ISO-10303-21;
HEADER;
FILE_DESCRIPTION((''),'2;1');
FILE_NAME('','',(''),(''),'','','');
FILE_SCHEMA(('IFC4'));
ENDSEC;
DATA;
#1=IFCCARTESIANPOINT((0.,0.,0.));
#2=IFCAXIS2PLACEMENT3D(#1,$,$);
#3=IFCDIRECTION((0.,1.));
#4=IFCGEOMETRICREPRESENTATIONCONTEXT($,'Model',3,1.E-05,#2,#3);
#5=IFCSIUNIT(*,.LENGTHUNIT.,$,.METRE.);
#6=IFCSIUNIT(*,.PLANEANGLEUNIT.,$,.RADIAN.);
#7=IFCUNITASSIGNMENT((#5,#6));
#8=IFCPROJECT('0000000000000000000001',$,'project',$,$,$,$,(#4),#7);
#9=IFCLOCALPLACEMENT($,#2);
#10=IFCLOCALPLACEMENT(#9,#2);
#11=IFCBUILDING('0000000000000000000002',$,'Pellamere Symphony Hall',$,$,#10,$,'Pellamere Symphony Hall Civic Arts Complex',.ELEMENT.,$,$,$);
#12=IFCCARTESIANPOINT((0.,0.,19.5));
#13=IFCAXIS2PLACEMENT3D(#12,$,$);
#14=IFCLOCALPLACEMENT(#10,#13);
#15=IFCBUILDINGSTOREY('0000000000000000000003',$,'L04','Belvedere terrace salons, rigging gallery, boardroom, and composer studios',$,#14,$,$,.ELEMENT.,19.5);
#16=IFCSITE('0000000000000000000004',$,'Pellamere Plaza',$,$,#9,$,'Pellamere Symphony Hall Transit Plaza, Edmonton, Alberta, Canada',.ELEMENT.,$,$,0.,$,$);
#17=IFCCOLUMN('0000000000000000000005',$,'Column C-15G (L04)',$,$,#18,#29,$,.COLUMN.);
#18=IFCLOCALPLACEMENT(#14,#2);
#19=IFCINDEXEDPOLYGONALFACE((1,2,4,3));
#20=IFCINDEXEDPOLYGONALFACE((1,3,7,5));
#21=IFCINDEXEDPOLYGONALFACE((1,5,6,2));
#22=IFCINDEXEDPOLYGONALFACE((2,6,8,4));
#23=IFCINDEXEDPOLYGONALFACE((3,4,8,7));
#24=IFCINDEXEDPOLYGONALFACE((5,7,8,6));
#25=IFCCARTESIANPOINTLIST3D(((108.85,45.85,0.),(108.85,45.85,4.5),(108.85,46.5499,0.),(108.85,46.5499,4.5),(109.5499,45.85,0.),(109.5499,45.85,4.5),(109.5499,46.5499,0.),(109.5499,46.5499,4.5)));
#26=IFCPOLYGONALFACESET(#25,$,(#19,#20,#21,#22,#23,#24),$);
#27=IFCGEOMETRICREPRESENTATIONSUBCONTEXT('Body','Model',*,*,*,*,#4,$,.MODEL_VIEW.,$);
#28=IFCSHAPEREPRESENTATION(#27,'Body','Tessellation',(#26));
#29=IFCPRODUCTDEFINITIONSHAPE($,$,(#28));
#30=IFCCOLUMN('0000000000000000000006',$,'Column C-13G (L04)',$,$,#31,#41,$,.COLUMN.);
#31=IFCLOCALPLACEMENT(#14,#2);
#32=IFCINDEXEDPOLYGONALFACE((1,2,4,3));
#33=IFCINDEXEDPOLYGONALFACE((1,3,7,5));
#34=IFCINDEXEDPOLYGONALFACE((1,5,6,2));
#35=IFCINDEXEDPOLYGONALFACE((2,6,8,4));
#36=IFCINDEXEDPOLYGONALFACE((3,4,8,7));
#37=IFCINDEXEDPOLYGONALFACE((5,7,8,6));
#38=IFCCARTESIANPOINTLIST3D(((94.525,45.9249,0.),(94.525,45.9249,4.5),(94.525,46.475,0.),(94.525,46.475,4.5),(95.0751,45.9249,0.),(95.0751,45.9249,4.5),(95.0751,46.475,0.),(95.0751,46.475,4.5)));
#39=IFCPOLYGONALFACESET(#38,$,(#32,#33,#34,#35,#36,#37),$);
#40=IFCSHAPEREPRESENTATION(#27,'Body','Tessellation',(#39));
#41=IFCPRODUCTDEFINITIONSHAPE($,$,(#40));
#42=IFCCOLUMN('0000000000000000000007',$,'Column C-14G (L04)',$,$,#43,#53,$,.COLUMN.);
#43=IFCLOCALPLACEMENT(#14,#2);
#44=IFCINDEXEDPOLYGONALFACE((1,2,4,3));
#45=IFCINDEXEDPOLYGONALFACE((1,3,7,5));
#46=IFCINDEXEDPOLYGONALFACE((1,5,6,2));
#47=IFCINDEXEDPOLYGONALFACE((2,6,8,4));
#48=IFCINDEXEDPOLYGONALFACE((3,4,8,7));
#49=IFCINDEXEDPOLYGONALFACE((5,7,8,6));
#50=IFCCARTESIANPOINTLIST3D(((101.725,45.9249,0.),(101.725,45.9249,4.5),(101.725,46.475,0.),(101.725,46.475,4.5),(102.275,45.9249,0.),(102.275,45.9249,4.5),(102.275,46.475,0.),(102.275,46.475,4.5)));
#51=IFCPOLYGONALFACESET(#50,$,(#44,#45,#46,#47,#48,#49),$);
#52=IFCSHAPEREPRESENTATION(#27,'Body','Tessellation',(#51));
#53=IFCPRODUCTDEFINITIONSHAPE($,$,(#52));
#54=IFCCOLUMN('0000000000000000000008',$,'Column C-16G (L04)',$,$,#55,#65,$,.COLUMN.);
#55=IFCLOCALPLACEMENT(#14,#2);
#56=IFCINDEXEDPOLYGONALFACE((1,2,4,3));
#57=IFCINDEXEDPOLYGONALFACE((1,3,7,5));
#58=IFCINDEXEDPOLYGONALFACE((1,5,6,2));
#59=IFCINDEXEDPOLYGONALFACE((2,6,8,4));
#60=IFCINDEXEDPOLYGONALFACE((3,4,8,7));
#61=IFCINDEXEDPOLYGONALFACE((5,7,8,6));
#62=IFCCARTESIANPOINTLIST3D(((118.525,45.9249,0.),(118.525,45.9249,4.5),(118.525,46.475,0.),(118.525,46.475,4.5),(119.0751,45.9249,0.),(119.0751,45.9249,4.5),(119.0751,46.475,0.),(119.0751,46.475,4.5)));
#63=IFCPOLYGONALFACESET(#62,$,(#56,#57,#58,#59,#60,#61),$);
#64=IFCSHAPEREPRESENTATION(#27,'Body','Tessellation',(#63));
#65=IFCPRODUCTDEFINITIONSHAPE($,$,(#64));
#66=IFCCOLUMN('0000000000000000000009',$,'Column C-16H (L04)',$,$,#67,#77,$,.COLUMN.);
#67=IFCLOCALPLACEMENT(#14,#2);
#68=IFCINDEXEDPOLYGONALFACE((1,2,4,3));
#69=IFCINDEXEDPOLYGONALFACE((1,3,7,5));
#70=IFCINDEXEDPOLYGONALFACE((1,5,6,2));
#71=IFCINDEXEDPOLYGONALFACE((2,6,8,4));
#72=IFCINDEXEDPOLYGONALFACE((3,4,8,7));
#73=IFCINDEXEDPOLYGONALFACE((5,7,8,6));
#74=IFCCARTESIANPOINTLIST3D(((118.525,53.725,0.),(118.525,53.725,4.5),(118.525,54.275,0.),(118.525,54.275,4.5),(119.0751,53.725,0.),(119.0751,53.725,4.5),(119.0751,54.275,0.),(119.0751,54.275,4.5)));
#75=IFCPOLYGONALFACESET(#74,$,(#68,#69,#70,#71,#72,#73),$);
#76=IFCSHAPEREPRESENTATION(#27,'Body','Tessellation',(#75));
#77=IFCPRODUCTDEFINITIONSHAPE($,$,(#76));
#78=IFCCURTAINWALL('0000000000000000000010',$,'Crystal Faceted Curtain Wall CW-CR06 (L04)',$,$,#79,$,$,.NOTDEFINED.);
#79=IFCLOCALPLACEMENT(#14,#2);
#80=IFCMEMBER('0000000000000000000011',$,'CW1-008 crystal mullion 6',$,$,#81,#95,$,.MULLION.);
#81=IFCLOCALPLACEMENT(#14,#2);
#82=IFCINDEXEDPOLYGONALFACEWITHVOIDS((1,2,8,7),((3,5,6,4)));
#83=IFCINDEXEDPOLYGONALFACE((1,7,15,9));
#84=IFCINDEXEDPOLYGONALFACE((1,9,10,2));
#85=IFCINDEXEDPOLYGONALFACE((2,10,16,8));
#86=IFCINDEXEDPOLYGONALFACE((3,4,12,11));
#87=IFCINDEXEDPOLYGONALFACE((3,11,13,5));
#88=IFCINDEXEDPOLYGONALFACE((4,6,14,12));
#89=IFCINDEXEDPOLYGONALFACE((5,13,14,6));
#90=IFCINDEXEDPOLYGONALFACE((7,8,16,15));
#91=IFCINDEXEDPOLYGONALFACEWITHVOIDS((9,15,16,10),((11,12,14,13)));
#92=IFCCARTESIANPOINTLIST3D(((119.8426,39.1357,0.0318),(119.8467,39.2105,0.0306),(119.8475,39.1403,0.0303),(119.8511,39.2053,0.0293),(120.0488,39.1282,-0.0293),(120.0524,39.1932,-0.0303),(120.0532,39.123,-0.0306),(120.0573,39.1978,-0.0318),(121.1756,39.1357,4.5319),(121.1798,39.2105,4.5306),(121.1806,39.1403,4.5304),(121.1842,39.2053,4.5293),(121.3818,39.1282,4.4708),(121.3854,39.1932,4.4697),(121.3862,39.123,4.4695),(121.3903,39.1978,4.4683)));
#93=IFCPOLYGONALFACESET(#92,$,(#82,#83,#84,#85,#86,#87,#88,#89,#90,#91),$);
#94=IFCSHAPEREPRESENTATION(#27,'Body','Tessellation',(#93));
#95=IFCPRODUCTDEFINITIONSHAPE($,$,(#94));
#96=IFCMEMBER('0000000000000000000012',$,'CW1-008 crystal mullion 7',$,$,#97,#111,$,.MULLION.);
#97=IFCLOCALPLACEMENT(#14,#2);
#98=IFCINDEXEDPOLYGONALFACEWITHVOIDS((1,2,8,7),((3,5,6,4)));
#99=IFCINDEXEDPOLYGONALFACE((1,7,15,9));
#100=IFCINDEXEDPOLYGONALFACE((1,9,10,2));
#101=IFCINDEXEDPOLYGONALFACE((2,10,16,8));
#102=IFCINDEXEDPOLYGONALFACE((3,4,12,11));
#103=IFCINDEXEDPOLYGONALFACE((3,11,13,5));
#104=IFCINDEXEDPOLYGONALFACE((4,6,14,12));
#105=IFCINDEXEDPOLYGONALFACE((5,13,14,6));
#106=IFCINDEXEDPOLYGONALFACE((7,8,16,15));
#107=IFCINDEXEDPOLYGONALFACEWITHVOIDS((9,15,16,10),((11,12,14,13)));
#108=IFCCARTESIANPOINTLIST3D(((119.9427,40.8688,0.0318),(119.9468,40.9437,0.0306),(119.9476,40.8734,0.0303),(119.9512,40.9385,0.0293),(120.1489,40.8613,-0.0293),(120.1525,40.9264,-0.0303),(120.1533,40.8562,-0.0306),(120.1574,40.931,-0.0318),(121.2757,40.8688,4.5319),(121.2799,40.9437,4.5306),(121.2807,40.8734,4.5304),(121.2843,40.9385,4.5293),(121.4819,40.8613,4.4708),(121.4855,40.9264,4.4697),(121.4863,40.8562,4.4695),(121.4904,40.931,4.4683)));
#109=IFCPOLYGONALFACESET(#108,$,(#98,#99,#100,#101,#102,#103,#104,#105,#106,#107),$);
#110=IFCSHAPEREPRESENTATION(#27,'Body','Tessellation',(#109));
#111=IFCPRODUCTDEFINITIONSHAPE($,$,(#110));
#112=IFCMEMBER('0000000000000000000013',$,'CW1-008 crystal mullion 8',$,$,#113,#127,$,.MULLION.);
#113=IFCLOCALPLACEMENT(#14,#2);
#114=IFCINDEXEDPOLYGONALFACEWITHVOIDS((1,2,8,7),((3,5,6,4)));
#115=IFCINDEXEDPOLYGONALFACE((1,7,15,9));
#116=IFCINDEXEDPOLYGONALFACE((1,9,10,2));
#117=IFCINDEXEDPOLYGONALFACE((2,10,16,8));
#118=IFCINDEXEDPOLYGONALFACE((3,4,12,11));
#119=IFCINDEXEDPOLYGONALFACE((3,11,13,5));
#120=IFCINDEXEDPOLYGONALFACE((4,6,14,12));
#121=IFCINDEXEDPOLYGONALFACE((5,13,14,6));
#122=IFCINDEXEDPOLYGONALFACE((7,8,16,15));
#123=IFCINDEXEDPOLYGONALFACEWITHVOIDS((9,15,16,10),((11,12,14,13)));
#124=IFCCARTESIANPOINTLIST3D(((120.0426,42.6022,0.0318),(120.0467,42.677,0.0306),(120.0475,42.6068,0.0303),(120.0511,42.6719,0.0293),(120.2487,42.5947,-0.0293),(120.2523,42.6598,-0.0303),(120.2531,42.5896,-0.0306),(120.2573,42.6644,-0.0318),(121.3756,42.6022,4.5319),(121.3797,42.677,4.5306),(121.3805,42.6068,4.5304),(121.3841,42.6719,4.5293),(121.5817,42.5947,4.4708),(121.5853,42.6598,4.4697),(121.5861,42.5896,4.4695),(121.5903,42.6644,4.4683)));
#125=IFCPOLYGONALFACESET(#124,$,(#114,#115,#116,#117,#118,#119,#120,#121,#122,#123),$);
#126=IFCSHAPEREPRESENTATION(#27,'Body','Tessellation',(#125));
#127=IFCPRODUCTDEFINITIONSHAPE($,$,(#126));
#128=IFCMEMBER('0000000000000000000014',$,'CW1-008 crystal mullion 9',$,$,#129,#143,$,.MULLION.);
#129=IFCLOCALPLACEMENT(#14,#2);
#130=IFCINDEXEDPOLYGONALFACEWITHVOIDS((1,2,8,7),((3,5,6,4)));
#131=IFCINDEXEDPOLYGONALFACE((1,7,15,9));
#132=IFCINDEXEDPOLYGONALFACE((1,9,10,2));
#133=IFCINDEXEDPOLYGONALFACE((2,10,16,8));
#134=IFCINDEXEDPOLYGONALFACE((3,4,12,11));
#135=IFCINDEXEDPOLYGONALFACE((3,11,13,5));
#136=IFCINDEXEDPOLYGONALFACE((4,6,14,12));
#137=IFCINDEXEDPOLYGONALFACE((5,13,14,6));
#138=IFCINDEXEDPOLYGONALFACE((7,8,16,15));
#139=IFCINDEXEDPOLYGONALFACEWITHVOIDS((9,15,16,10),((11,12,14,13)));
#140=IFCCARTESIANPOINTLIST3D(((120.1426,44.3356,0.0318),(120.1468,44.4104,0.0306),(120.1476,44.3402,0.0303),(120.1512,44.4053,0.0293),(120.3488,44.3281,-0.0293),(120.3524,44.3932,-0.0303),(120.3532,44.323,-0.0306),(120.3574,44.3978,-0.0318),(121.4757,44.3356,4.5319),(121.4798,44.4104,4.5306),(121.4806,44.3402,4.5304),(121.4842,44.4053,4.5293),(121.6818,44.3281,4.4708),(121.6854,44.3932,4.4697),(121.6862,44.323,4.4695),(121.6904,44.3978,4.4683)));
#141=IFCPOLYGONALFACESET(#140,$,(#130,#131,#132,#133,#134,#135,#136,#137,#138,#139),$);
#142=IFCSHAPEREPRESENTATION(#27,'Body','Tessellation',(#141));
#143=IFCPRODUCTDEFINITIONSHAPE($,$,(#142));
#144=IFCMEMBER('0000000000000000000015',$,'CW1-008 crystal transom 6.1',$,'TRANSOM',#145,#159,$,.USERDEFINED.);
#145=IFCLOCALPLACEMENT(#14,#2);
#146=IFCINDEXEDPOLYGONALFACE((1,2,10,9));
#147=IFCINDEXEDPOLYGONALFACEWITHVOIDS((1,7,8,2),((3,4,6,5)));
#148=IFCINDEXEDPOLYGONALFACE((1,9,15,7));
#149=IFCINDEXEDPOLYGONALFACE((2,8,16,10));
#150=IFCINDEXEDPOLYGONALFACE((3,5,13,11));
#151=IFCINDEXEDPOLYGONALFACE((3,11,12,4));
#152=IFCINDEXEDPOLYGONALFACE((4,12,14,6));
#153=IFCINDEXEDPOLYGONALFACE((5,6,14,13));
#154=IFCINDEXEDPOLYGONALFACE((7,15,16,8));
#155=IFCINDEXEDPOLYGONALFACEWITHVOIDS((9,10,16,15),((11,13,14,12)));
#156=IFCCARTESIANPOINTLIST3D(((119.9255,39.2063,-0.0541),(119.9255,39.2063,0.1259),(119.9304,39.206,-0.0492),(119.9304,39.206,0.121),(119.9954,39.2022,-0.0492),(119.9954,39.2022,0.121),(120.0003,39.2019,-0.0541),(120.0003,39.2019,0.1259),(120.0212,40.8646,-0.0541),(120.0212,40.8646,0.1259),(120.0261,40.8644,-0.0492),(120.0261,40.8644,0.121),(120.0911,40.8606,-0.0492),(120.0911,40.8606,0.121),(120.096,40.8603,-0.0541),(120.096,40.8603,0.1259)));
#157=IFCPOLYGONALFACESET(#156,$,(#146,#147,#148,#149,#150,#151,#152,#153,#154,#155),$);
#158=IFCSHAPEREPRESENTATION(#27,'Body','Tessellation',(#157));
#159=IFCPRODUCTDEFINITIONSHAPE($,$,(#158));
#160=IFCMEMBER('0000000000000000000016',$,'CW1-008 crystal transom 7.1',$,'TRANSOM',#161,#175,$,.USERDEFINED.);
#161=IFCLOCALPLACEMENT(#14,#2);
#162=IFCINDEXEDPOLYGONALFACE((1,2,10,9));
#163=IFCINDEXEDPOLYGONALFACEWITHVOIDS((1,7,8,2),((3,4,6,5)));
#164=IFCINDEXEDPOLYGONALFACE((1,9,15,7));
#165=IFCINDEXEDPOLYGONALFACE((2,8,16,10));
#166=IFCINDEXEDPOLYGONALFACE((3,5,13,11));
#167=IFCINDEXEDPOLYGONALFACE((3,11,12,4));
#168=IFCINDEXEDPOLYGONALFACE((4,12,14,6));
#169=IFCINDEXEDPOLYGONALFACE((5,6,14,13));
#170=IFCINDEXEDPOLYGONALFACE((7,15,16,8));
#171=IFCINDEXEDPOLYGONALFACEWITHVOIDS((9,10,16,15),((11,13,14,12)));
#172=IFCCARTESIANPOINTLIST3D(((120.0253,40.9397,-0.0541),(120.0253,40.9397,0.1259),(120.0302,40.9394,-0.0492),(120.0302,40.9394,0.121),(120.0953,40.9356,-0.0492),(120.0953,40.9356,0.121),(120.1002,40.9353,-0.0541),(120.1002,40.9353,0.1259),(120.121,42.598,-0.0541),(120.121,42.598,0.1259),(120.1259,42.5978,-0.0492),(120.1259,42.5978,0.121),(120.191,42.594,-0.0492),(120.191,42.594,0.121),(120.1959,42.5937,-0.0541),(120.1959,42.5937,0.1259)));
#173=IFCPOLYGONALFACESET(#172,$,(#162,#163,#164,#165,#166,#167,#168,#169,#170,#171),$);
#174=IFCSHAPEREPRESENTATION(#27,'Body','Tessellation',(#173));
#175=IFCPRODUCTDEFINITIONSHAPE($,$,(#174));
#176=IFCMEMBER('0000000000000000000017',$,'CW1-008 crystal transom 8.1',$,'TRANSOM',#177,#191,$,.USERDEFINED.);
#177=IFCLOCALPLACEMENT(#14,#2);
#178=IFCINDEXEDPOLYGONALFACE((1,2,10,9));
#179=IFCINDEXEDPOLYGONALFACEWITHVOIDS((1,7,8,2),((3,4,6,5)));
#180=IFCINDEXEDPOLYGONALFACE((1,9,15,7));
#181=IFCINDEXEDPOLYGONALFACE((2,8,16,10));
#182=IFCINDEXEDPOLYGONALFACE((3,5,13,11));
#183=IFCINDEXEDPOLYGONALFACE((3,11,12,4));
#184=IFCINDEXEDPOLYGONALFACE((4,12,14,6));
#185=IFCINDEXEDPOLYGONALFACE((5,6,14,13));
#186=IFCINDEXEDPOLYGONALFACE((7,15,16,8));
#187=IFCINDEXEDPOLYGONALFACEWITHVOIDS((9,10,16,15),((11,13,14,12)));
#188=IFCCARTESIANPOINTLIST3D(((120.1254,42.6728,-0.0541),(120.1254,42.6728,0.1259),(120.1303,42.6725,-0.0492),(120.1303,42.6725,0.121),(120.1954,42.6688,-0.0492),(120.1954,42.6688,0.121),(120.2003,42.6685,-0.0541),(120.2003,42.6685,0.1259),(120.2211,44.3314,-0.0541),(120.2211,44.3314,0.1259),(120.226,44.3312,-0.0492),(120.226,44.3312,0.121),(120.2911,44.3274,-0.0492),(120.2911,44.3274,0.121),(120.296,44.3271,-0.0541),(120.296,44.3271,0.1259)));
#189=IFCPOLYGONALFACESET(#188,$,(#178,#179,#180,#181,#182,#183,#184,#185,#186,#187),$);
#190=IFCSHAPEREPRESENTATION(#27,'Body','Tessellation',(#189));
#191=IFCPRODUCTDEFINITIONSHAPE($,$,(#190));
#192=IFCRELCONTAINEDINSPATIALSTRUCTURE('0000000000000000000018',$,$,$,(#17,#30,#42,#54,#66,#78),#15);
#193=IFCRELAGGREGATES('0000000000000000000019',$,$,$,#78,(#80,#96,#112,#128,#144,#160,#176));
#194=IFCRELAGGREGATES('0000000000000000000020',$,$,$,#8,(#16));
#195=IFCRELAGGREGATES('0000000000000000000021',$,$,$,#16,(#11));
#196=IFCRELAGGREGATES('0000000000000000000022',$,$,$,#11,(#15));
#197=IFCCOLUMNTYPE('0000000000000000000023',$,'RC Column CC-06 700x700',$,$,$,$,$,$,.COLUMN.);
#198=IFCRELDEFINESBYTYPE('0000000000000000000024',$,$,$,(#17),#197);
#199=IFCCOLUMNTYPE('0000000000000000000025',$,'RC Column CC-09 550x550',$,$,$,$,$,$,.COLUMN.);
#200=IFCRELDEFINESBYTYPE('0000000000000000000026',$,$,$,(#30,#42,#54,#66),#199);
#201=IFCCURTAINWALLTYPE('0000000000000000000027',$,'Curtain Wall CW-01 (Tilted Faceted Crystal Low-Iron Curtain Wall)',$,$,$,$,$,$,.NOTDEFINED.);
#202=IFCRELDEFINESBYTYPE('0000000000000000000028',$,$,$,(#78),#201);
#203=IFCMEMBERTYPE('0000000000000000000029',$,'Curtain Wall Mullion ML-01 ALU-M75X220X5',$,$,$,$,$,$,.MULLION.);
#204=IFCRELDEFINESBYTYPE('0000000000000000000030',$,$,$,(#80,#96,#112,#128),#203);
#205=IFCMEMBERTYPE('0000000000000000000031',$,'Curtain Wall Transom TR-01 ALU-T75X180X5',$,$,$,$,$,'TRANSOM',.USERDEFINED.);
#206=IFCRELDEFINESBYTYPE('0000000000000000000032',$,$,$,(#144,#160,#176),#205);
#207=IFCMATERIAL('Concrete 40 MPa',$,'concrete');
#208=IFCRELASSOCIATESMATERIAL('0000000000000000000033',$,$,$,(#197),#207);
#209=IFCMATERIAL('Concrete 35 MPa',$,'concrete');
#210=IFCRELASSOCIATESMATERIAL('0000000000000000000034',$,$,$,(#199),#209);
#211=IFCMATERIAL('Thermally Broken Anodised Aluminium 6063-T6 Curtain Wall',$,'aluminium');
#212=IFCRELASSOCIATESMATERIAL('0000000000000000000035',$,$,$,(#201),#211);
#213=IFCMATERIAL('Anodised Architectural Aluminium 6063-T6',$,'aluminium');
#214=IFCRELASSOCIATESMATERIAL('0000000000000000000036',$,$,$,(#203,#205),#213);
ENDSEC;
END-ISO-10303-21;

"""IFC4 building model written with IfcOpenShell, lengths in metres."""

from ifc_helpers import new_model, si_unit, direction, frame, origin, origin_2d, place, context, subcontext, project, spatial, rectangle, hollow_rectangle, extrude, material, material_profile, profile_set, type_object, element, aggregate, save


model = new_model("IFC4")

# Units and contexts
model_context = context("Model", 3, precision=1e-05, world=origin(), true_north=direction((0.0, 1.0)))
body_context = subcontext(model_context, "Body", "Model", "MODEL_VIEW")
ifc_project = project(units=[si_unit("LENGTHUNIT", "METRE"), si_unit("PLANEANGLEUNIT", "RADIAN")], contexts=[model_context])

# Site, building, storey
site_placement = place(None, origin())
site = spatial("IfcSite", under=ifc_project, at=site_placement, Name="Pellamere Plaza", LongName="Pellamere Symphony Hall Transit Plaza, Edmonton, Alberta, Canada", CompositionType="ELEMENT", RefElevation=0.0)
building_placement = place(site_placement, origin())
building = spatial("IfcBuilding", under=site, at=building_placement, Name="Pellamere Symphony Hall", LongName="Pellamere Symphony Hall Civic Arts Complex", CompositionType="ELEMENT")
storey_placement = place(building_placement, frame((0.0, 0.0, 19.5)))
storey = spatial("IfcBuildingStorey", under=building, at=storey_placement, Name="L04", Description="Belvedere terrace salons, rigging gallery, boardroom, and composer studios", CompositionType="ELEMENT", Elevation=19.5)

# Columns
ifc_material_1 = material(Name="Concrete 40 MPa", Category="concrete")
ifc_material_profile_1 = material_profile(ifc_material_1, rectangle(XDim=0.7, YDim=0.7, at=origin_2d()), Name="RC 700x700")
ifc_profile_set_1 = profile_set([ifc_material_profile_1], Name="Concrete 40 MPa")
column_type_1 = type_object("IfcColumnType", Name="RC Column CC-06 700x700", PredefinedType="COLUMN", material=ifc_profile_set_1)
column_placement = place(storey_placement, frame((109.2, 46.2, 0.0), z_axis=(0.0, 0.0, 1.0), x_axis=(1.0, 0.0, 0.0)))
element("IfcColumn", 1, at=column_placement, inside=storey, type_object=column_type_1, Name="Column C-15G (L04)", PredefinedType="COLUMN", context=body_context, shape_type="SweptSolid", body=[
    extrude(rectangle(XDim=0.7, YDim=0.7, at=origin_2d()), origin(), (0.0, 0.0, 1.0), 4.5),
])
ifc_material_2 = material(Name="Concrete 35 MPa", Category="concrete")
ifc_material_profile_2 = material_profile(ifc_material_2, rectangle(XDim=0.55, YDim=0.55, at=origin_2d()), Name="RC 550x550")
ifc_profile_set_2 = profile_set([ifc_material_profile_2], Name="Concrete 35 MPa")
column_type_2 = type_object("IfcColumnType", Name="RC Column CC-09 550x550", PredefinedType="COLUMN", material=ifc_profile_set_2)
for number, where, z_axis, x_axis, name in (
    (2, (94.8, 46.2, 0.0), (0.0, 0.0, 1.0), (1.0, 0.0, 0.0), "Column C-13G (L04)"),
    (3, (102.0, 46.2, 0.0), (0.0, 0.0, 1.0), (1.0, 0.0, 0.0), "Column C-14G (L04)"),
    (4, (118.8, 46.2, 0.0), (0.0, 0.0, 1.0), (1.0, 0.0, 0.0), "Column C-16G (L04)"),
    (5, (118.8, 54.0, 0.0), (0.0, 0.0, 1.0), (1.0, 0.0, 0.0), "Column C-16H (L04)"),
):
    element("IfcColumn", number, at=place(storey_placement, frame(where, z_axis=z_axis, x_axis=x_axis)), inside=storey, type_object=column_type_2, Name=name, PredefinedType="COLUMN", context=body_context, shape_type="SweptSolid", body=[
        extrude(rectangle(XDim=0.55, YDim=0.55, at=origin_2d()), origin(), (0.0, 0.0, 1.0), 4.5),
    ])

# Curtain wall, members
ifc_material_3 = material(Name="Thermally Broken Anodised Aluminium 6063-T6 Curtain Wall", Category="aluminium")
curtain_wall_type = type_object("IfcCurtainWallType", Name="Curtain Wall CW-01 (Tilted Faceted Crystal Low-Iron Curtain Wall)", PredefinedType="NOTDEFINED", material=ifc_material_3)
curtain_wall_1_placement = place(storey_placement, origin())
curtain_wall_1 = element("IfcCurtainWall", 6, at=curtain_wall_1_placement, inside=storey, type_object=curtain_wall_type, Name="Crystal Faceted Curtain Wall CW-CR06 (L04)", PredefinedType="NOTDEFINED")
ifc_material_4 = material(Name="Anodised Architectural Aluminium 6063-T6", Category="aluminium")
ifc_material_profile_3 = material_profile(ifc_material_4, hollow_rectangle(XDim=0.075, YDim=0.22, WallThickness=0.0049, at=origin_2d()), Name="ALU-M75X220X5")
ifc_profile_set_3 = profile_set([ifc_material_profile_3], Name="Anodised Architectural Aluminium 6063-T6")
member_type_1 = type_object("IfcMemberType", Name="Curtain Wall Mullion ML-01 ALU-M75X220X5", PredefinedType="MULLION", material=ifc_profile_set_3)
member_1_placement = place(storey_placement, frame((119.95, 39.1667, 0.0), z_axis=(0.284025, 0.0, 0.958817), x_axis=(-0.055225, -0.99834, 0.016359)))
member_1 = element("IfcMember", 7, at=member_1_placement, type_object=member_type_1, Name="CW1-008 crystal mullion 6", PredefinedType="MULLION", context=body_context, shape_type="SweptSolid", body=[
    extrude(hollow_rectangle(XDim=0.075, YDim=0.22, WallThickness=0.0049, at=origin_2d()), origin(), (0.0, 0.0, 1.0), 4.6934),
])
member_2_placement = place(storey_placement, frame((120.05, 40.8999, 0.0), z_axis=(0.284025, 0.0, 0.958817), x_axis=(-0.055225, -0.99834, 0.016359)))
member_2 = element("IfcMember", 8, at=member_2_placement, type_object=member_type_1, Name="CW1-008 crystal mullion 7", PredefinedType="MULLION", context=body_context, shape_type="SweptSolid", body=[
    extrude(hollow_rectangle(XDim=0.075, YDim=0.22, WallThickness=0.0049, at=origin_2d()), origin(), (0.0, 0.0, 1.0), 4.6934),
])
member_3_placement = place(storey_placement, frame((120.1499, 42.6333, 0.0), z_axis=(0.284025, 0.0, 0.958817), x_axis=(-0.055225, -0.99834, 0.016359)))
member_3 = element("IfcMember", 9, at=member_3_placement, type_object=member_type_1, Name="CW1-008 crystal mullion 8", PredefinedType="MULLION", context=body_context, shape_type="SweptSolid", body=[
    extrude(hollow_rectangle(XDim=0.075, YDim=0.22, WallThickness=0.0049, at=origin_2d()), origin(), (0.0, 0.0, 1.0), 4.6934),
])
member_4_placement = place(storey_placement, frame((120.25, 44.3667, 0.0), z_axis=(0.284025, 0.0, 0.958817), x_axis=(-0.055225, -0.99834, 0.016359)))
member_4 = element("IfcMember", 10, at=member_4_placement, type_object=member_type_1, Name="CW1-008 crystal mullion 9", PredefinedType="MULLION", context=body_context, shape_type="SweptSolid", body=[
    extrude(hollow_rectangle(XDim=0.075, YDim=0.22, WallThickness=0.0049, at=origin_2d()), origin(), (0.0, 0.0, 1.0), 4.6934),
])
ifc_material_profile_4 = material_profile(ifc_material_4, hollow_rectangle(XDim=0.075, YDim=0.1799, WallThickness=0.0049, at=origin_2d()), Name="ALU-T75X180X5")
ifc_profile_set_4 = profile_set([ifc_material_profile_4], Name="Anodised Architectural Aluminium 6063-T6")
member_type_2 = type_object("IfcMemberType", Name="Curtain Wall Transom TR-01 ALU-T75X180X5", ElementType="TRANSOM", PredefinedType="USERDEFINED", material=ifc_profile_set_4)
member_5_placement = place(storey_placement, frame((119.9629, 39.2041, 0.0359), z_axis=(0.057611, 0.998339, 0.0), x_axis=(-0.998339, 0.057611, 0.0)))
member_5 = element("IfcMember", 11, at=member_5_placement, type_object=member_type_2, Name="CW1-008 crystal transom 6.1", ObjectType="TRANSOM", PredefinedType="USERDEFINED", context=body_context, shape_type="SweptSolid", body=[
    extrude(hollow_rectangle(XDim=0.075, YDim=0.1799, WallThickness=0.0049, at=origin_2d()), origin(), (0.0, 0.0, 1.0), 1.6611),
])
member_6_placement = place(storey_placement, frame((120.0627, 40.9375, 0.0359), z_axis=(0.057611, 0.998339, 0.0), x_axis=(-0.998339, 0.057611, 0.0)))
member_6 = element("IfcMember", 12, at=member_6_placement, type_object=member_type_2, Name="CW1-008 crystal transom 7.1", ObjectType="TRANSOM", PredefinedType="USERDEFINED", context=body_context, shape_type="SweptSolid", body=[
    extrude(hollow_rectangle(XDim=0.075, YDim=0.1799, WallThickness=0.0049, at=origin_2d()), origin(), (0.0, 0.0, 1.0), 1.6611),
])
member_7_placement = place(storey_placement, frame((120.1628, 42.6707, 0.0359), z_axis=(0.057602, 0.99834, 0.0), x_axis=(-0.99834, 0.057602, 0.0)))
member_7 = element("IfcMember", 13, at=member_7_placement, type_object=member_type_2, Name="CW1-008 crystal transom 8.1", ObjectType="TRANSOM", PredefinedType="USERDEFINED", context=body_context, shape_type="SweptSolid", body=[
    extrude(hollow_rectangle(XDim=0.075, YDim=0.1799, WallThickness=0.0049, at=origin_2d()), origin(), (0.0, 0.0, 1.0), 1.6614),
])

aggregate(curtain_wall_1, [member_1, member_2, member_3, member_4, member_5, member_6, member_7])

save(model, "model.ifc")
